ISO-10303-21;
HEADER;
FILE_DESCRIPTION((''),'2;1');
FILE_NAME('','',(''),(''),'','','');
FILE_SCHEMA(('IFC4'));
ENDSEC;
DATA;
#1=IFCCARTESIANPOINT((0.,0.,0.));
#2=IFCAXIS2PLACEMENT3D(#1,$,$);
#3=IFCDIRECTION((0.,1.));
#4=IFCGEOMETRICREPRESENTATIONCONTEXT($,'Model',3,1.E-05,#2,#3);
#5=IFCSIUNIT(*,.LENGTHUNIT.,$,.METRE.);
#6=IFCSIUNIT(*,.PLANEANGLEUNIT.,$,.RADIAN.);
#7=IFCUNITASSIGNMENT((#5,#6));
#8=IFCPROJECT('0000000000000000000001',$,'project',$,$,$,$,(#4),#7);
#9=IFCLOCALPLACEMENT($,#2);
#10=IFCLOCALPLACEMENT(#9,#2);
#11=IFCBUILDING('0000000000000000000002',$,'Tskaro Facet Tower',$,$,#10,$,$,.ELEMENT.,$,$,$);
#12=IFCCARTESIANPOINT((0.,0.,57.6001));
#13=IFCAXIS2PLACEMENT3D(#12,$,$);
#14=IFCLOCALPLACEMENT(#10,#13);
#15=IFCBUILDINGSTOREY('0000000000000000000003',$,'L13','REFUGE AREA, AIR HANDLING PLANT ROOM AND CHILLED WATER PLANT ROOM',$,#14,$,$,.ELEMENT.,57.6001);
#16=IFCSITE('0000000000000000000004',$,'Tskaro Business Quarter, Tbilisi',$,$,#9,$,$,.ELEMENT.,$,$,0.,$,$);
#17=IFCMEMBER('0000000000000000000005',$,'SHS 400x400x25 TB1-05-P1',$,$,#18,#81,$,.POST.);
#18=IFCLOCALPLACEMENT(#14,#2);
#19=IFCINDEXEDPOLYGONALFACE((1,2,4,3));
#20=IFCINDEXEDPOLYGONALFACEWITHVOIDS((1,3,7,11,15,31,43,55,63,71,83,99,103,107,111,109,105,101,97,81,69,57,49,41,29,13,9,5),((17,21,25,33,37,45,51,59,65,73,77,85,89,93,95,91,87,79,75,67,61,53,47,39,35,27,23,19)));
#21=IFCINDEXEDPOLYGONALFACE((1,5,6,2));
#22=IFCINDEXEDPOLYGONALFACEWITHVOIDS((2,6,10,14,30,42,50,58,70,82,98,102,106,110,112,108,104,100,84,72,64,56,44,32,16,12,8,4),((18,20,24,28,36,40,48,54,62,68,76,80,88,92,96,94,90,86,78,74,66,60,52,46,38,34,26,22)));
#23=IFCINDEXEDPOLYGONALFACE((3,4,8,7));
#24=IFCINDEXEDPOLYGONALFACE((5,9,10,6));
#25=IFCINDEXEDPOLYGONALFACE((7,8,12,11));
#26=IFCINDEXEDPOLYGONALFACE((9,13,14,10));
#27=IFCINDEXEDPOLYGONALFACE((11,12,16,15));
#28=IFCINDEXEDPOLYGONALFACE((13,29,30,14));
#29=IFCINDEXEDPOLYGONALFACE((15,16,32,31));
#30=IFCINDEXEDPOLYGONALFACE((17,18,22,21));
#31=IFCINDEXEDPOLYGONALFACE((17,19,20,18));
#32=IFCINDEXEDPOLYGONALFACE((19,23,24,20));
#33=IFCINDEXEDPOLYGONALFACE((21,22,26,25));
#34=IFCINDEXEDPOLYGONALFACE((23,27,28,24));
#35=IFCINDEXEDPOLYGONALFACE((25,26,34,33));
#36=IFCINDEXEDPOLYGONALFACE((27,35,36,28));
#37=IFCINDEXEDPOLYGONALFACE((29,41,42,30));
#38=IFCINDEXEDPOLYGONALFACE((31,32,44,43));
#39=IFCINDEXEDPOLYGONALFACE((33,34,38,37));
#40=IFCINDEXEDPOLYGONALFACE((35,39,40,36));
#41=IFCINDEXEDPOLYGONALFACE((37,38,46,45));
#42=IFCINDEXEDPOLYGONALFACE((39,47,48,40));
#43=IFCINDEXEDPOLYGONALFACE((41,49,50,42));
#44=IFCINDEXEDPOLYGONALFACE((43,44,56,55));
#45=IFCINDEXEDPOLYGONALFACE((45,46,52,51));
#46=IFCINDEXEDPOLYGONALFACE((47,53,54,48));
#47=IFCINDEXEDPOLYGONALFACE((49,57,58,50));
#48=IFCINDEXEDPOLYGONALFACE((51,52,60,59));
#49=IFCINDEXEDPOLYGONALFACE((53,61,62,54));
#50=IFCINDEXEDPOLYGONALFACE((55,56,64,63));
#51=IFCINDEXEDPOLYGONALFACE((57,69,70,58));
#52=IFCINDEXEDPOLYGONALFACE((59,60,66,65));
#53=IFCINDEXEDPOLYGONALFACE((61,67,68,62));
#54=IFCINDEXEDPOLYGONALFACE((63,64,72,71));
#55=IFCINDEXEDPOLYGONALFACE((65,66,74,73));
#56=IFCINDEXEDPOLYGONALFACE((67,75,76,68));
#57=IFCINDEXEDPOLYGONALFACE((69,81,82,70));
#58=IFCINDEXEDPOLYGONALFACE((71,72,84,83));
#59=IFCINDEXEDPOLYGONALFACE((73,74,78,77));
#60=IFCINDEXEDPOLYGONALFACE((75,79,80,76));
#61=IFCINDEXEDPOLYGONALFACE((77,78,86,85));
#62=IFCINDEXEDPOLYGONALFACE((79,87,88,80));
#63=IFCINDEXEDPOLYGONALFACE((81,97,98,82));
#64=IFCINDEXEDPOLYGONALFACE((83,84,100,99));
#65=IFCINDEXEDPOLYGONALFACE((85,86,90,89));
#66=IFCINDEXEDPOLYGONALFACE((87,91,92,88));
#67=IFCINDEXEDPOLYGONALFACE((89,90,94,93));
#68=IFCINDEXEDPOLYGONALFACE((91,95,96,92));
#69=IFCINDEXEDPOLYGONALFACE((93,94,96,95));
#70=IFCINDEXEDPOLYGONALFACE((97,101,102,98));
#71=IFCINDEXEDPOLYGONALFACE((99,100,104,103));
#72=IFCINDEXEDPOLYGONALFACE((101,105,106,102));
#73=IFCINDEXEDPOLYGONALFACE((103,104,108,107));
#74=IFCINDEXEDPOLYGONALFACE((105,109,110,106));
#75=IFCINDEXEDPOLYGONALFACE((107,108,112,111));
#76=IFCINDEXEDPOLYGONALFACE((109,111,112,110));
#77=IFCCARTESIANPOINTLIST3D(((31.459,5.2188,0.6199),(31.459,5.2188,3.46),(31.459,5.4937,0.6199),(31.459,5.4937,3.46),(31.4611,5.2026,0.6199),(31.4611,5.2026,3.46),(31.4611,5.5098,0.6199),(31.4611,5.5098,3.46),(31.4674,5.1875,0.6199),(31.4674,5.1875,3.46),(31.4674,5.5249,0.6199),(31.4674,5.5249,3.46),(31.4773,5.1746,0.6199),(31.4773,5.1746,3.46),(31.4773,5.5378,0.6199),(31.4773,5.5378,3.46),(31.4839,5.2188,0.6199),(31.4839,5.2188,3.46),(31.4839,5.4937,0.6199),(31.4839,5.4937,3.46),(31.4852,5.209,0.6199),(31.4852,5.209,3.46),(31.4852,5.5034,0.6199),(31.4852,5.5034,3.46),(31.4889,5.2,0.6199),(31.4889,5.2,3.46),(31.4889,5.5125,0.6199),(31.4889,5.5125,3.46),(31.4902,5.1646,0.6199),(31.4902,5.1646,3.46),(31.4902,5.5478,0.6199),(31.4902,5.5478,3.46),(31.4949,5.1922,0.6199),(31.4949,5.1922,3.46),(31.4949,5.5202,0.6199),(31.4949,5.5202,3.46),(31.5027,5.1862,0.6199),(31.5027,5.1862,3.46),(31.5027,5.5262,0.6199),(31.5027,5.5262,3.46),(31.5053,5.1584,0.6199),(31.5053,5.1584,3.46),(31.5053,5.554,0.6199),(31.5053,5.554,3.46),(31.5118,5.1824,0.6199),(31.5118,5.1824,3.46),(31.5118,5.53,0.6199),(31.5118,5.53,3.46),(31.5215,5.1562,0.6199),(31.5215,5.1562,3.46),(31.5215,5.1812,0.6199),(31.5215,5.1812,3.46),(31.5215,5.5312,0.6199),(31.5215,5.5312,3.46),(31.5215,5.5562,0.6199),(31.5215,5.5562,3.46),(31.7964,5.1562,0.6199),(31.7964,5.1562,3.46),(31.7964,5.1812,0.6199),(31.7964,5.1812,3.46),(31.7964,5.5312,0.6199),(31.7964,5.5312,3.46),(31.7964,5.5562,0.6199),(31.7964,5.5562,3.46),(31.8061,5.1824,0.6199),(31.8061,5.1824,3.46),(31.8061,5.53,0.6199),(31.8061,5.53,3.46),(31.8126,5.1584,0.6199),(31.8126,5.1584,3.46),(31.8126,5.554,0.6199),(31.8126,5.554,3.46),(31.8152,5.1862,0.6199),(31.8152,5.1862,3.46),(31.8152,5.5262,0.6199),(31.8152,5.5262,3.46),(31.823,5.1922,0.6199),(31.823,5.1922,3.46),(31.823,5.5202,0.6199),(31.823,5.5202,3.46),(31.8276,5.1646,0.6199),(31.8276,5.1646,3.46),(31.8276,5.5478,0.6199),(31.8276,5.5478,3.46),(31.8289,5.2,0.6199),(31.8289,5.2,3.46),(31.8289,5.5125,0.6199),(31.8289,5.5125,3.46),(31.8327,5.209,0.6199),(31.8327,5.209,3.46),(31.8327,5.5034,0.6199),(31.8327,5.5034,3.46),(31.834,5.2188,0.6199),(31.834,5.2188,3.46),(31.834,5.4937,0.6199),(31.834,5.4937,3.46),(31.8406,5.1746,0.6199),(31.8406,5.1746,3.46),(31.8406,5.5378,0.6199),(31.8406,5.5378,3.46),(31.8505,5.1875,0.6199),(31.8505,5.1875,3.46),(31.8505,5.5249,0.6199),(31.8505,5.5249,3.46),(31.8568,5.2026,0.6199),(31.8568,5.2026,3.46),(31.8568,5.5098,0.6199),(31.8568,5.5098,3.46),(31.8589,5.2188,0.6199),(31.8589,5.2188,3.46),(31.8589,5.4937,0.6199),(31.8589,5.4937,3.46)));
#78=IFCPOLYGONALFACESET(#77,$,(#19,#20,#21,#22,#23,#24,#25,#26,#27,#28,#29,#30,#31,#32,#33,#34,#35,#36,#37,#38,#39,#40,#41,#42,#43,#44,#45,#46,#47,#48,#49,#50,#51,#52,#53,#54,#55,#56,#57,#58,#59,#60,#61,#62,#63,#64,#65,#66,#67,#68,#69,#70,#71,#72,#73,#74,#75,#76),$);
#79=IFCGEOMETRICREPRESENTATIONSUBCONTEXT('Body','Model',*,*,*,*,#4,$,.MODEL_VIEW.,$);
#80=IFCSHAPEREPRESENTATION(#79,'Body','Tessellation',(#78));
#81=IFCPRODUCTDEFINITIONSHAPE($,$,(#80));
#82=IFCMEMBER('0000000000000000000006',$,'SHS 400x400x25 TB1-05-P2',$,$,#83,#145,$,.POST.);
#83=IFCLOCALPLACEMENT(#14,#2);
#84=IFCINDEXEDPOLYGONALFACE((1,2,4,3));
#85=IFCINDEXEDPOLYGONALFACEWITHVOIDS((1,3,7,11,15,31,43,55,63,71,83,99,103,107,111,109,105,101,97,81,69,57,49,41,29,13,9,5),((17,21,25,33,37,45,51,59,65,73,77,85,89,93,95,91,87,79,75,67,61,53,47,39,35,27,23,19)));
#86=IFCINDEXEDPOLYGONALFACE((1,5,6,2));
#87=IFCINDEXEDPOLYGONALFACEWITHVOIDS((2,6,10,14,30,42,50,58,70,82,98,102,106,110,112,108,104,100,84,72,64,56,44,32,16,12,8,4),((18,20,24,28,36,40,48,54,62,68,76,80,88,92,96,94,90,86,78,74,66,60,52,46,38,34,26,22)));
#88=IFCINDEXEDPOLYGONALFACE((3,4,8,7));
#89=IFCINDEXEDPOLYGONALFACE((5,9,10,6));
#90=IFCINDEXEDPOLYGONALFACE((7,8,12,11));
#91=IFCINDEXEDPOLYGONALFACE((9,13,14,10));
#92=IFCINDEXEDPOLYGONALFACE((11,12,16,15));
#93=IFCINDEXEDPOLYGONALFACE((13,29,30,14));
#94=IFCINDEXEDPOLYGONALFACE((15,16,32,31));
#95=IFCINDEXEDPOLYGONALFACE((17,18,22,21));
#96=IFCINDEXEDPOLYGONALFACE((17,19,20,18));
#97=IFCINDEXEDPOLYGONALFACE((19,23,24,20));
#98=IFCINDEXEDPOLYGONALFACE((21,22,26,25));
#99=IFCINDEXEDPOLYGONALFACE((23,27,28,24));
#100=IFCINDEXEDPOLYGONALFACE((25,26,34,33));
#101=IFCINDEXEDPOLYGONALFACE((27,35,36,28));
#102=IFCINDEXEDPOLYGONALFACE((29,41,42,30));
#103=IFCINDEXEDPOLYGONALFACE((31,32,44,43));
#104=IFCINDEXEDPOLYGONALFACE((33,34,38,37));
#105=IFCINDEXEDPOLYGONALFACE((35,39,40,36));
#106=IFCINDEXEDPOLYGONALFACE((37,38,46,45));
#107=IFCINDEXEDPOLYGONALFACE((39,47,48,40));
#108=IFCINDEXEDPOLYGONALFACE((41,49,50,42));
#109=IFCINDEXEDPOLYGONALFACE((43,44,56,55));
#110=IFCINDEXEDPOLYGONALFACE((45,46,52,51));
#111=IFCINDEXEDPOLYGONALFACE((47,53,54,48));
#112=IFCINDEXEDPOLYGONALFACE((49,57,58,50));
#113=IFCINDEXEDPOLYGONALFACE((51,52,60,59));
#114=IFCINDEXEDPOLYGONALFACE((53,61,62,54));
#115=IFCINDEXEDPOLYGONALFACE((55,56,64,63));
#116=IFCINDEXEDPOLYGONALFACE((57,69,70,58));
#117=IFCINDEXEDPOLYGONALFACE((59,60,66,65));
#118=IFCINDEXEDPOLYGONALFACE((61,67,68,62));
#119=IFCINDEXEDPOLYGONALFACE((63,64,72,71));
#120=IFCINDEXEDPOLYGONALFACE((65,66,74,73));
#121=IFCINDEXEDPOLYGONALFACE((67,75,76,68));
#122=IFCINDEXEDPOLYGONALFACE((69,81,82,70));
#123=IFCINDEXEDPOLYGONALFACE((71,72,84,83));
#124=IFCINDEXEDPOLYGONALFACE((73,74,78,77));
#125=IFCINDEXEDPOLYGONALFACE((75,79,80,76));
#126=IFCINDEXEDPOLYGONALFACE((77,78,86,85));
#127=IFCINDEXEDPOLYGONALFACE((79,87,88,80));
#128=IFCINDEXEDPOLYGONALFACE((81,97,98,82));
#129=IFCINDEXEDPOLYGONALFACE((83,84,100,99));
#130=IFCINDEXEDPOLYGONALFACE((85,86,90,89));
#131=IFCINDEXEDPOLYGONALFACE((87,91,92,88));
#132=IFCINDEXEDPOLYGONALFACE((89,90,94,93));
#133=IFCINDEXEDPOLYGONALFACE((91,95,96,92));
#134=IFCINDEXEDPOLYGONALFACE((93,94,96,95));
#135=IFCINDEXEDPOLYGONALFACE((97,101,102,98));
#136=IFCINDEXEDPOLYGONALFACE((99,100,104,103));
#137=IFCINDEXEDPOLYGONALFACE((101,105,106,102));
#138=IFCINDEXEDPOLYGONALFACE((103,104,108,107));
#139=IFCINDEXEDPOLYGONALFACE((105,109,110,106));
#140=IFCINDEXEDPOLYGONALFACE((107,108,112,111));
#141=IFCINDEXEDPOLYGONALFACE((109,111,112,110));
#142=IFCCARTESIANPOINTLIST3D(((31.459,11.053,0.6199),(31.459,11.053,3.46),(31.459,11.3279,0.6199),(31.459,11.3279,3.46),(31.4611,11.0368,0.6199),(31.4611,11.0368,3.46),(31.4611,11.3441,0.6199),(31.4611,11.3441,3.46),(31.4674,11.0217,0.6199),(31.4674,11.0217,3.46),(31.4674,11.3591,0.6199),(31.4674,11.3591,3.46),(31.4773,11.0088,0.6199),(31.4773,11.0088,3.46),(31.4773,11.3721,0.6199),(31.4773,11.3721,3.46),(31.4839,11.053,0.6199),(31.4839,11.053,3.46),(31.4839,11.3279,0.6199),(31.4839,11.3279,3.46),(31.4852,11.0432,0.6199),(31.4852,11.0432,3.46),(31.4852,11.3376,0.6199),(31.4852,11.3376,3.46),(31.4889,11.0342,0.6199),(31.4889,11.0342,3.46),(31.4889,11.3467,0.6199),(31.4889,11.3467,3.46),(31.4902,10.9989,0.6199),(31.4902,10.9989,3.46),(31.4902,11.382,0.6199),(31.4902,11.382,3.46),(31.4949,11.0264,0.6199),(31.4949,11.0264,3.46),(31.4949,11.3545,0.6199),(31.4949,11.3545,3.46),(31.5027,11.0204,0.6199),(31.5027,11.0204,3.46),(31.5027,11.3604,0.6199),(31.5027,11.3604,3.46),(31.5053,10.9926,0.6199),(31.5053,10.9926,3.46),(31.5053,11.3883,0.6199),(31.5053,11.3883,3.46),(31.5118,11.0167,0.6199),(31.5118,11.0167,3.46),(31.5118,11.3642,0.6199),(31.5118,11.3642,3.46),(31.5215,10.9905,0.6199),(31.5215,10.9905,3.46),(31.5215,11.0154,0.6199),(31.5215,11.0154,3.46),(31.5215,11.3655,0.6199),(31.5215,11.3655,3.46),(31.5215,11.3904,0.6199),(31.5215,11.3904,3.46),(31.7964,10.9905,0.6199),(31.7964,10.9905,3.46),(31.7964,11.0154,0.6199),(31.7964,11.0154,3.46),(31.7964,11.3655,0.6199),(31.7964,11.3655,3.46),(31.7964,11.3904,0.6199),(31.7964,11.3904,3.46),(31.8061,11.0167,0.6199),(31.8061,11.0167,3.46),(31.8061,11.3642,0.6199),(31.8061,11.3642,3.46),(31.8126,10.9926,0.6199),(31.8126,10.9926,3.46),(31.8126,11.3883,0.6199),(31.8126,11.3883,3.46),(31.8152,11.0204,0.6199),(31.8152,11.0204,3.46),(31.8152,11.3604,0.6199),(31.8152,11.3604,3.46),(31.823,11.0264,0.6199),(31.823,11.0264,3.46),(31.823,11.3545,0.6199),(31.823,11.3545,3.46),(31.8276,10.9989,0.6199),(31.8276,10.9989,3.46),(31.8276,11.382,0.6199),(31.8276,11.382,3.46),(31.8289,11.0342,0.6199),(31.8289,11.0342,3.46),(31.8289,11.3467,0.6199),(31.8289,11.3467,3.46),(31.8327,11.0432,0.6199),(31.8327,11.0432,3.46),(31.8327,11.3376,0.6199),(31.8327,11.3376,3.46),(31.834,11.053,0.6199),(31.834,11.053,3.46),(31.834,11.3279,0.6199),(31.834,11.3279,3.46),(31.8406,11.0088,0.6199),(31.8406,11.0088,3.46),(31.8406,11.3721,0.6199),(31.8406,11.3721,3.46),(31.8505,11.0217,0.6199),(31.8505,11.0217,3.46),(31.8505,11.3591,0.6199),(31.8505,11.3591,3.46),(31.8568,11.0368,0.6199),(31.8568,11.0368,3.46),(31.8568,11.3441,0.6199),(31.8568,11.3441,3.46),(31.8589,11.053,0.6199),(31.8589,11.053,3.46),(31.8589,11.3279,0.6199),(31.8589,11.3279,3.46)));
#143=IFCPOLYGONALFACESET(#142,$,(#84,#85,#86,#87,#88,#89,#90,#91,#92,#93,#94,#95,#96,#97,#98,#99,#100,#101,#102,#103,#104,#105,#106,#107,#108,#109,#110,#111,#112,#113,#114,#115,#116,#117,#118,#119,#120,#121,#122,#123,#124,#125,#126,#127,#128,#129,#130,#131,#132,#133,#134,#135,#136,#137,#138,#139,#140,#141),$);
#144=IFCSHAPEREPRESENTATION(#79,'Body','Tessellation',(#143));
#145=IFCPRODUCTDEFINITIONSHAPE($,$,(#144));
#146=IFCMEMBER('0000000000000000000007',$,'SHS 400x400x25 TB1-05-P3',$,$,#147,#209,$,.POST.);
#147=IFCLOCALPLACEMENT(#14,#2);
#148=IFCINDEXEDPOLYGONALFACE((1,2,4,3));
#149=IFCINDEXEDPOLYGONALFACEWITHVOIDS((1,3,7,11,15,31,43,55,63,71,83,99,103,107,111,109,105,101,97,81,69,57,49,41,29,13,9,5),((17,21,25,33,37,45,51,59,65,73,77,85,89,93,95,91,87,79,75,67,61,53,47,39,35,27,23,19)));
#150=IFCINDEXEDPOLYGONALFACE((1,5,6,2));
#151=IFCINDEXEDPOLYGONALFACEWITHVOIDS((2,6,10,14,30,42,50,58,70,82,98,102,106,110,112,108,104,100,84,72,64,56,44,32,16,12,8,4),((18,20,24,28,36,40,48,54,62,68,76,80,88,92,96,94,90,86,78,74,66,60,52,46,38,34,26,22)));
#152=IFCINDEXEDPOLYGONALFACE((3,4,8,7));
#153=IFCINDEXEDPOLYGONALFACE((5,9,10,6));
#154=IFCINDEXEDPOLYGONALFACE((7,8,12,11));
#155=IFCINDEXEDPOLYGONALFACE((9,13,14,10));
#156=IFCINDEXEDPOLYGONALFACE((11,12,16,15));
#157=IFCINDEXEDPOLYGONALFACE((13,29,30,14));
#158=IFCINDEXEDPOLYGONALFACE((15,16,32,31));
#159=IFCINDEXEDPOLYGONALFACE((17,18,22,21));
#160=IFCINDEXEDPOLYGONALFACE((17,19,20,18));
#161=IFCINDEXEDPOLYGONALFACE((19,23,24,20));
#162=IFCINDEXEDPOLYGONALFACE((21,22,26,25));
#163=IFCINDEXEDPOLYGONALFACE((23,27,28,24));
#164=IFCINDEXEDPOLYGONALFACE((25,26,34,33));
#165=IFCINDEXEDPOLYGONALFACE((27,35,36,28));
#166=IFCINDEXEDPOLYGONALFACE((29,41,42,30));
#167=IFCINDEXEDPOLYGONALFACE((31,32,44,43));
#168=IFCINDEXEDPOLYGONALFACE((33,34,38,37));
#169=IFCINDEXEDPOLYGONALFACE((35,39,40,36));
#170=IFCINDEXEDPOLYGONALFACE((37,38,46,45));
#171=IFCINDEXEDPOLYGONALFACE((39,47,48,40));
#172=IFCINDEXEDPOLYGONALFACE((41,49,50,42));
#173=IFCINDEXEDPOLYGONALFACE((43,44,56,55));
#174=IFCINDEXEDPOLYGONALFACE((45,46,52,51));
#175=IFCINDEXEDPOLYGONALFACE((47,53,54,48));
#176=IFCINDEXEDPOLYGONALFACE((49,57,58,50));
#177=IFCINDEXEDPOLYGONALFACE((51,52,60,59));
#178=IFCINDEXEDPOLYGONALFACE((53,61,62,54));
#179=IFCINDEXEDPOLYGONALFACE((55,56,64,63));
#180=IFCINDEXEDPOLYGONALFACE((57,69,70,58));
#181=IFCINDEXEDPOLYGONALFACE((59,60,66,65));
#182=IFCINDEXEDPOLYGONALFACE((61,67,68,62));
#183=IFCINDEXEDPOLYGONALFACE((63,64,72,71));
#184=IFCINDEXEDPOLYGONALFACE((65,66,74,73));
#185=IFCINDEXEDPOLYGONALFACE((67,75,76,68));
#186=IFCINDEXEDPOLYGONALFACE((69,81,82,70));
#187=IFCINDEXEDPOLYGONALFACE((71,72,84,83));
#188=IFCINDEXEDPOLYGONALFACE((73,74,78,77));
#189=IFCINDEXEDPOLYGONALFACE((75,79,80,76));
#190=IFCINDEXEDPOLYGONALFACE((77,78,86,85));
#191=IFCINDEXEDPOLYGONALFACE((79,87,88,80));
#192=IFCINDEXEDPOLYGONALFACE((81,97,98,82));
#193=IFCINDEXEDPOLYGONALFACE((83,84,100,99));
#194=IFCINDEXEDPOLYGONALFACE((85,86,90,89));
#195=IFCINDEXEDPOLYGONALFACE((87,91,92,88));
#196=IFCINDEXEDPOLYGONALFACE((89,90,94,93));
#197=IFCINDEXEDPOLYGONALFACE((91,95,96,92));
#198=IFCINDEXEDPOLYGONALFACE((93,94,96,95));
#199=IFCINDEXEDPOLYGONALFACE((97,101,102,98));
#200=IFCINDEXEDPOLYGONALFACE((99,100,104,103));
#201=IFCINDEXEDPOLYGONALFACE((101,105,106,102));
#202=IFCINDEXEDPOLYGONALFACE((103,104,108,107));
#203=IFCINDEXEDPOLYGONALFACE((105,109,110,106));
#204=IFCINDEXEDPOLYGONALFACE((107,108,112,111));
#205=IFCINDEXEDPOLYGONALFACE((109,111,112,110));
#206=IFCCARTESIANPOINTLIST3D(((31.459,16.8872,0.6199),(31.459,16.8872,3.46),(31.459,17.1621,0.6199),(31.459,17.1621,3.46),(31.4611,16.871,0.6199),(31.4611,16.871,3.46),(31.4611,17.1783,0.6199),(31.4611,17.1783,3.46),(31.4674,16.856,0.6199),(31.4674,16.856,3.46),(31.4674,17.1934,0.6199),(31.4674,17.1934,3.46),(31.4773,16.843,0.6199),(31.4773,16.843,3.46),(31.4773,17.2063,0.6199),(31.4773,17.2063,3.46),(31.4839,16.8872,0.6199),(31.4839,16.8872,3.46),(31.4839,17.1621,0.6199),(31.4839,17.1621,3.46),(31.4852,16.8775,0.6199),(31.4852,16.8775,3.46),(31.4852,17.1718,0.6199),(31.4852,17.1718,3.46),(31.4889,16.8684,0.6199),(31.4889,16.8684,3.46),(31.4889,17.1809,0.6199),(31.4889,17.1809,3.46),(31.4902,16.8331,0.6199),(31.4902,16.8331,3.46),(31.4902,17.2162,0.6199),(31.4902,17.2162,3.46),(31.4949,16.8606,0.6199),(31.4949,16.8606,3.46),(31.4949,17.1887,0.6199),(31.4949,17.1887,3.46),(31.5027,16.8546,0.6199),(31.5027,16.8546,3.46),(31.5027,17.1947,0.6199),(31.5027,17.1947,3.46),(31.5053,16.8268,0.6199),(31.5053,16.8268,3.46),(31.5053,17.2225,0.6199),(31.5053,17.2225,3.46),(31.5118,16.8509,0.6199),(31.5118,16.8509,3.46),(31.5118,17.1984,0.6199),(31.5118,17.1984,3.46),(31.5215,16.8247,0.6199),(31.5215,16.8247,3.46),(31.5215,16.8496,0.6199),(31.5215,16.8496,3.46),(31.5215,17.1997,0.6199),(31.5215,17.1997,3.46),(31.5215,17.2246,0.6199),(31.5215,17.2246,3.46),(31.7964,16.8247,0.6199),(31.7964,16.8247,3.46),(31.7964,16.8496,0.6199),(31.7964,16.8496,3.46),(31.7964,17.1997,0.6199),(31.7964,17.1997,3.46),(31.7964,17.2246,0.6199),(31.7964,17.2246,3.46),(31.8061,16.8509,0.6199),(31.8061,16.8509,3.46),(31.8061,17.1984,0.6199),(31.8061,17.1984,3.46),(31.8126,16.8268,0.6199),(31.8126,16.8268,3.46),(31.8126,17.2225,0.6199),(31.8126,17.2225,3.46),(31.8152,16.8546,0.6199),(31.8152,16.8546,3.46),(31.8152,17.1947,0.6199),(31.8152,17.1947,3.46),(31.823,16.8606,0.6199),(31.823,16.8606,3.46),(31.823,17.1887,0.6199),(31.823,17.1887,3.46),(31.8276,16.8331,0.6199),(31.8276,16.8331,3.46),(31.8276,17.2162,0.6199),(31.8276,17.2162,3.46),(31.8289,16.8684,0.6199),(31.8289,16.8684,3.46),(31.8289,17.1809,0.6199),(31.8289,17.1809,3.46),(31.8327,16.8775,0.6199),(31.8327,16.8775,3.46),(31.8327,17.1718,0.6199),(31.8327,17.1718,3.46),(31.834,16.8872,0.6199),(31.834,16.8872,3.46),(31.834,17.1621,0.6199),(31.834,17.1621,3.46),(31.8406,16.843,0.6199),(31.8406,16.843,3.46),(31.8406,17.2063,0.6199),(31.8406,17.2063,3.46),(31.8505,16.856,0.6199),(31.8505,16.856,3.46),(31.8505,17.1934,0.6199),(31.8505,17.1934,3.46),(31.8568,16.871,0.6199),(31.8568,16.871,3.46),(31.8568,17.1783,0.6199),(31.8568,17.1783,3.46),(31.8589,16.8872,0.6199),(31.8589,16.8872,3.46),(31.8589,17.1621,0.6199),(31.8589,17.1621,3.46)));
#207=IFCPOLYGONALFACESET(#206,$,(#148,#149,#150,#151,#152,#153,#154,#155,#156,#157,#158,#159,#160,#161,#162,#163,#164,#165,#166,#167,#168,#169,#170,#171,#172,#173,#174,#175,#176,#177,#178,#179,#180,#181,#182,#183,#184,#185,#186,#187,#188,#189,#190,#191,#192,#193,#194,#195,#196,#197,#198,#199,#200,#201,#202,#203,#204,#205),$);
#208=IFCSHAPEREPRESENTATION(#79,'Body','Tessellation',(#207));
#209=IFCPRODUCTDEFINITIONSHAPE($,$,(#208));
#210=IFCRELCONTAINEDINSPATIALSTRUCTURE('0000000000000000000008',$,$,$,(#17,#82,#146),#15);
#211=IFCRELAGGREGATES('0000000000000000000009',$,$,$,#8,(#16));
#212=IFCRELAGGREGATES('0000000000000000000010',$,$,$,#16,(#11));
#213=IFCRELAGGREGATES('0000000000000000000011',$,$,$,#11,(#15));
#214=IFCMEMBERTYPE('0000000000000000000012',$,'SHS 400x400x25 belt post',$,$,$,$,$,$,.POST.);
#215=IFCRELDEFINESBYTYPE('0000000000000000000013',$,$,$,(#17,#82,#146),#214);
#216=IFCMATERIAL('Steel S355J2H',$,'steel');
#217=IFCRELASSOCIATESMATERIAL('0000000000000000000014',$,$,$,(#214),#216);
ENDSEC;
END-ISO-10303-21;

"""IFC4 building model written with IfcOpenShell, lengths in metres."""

from ifc_helpers import new_model, si_unit, direction, frame, origin, origin_2d, place, context, subcontext, project, spatial, hollow_rectangle, extrude, material, material_profile, profile_set, type_object, element, save


model = new_model("IFC4")

# Units and contexts
model_context = context("Model", 3, precision=1e-05, world=origin(), true_north=direction((0.0, 1.0)))
body_context = subcontext(model_context, "Body", "Model", "MODEL_VIEW")
ifc_project = project(units=[si_unit("LENGTHUNIT", "METRE"), si_unit("PLANEANGLEUNIT", "RADIAN")], contexts=[model_context])

# Site, building, storey
site_placement = place(None, origin())
site = spatial("IfcSite", under=ifc_project, at=site_placement, Name="Tskaro Business Quarter, Tbilisi", CompositionType="ELEMENT", RefElevation=0.0)
building_placement = place(site_placement, origin())
building = spatial("IfcBuilding", under=site, at=building_placement, Name="Tskaro Facet Tower", CompositionType="ELEMENT")
storey_placement = place(building_placement, frame((0.0, 0.0, 57.6001)))
storey = spatial("IfcBuildingStorey", under=building, at=storey_placement, Name="L13", Description="REFUGE AREA, AIR HANDLING PLANT ROOM AND CHILLED WATER PLANT ROOM", CompositionType="ELEMENT", Elevation=57.6001)

# Shared definitions
ifc_material_1 = material(Name="Steel S355J2H", Category="steel")

# Members
ifc_material_profile_1 = material_profile(ifc_material_1, hollow_rectangle(XDim=0.3999, YDim=0.3999, WallThickness=0.0249, InnerFilletRadius=0.0376, OuterFilletRadius=0.0625, at=origin_2d()), Name="SHS 400x400x25")
ifc_profile_set_1 = profile_set([ifc_material_profile_1], Name="Steel S355J2H")
member_type_1 = type_object("IfcMemberType", Name="SHS 400x400x25 belt post", PredefinedType="POST", material=ifc_profile_set_1)
for number, where, z_axis, x_axis, name in (
    (1, (31.6589, 5.3562, 0.6199), (0.0, 0.0, 1.0), (1.0, 0.0, 0.0), "SHS 400x400x25 TB1-05-P1"),
    (2, (31.6589, 11.1904, 0.6199), (0.0, 0.0, 1.0), (1.0, 0.0, 0.0), "SHS 400x400x25 TB1-05-P2"),
    (3, (31.6589, 17.0247, 0.6199), (0.0, 0.0, 1.0), (1.0, 0.0, 0.0), "SHS 400x400x25 TB1-05-P3"),
):
    element("IfcMember", number, at=place(storey_placement, frame(where, z_axis=z_axis, x_axis=x_axis)), inside=storey, type_object=member_type_1, Name=name, PredefinedType="POST", context=body_context, shape_type="SweptSolid", body=[
        extrude(hollow_rectangle(XDim=0.3999, YDim=0.3999, WallThickness=0.0249, InnerFilletRadius=0.0376, OuterFilletRadius=0.0625, at=origin_2d()), origin(), (0.0, 0.0, 1.0), 2.8401),
    ])

save(model, "model.ifc")
